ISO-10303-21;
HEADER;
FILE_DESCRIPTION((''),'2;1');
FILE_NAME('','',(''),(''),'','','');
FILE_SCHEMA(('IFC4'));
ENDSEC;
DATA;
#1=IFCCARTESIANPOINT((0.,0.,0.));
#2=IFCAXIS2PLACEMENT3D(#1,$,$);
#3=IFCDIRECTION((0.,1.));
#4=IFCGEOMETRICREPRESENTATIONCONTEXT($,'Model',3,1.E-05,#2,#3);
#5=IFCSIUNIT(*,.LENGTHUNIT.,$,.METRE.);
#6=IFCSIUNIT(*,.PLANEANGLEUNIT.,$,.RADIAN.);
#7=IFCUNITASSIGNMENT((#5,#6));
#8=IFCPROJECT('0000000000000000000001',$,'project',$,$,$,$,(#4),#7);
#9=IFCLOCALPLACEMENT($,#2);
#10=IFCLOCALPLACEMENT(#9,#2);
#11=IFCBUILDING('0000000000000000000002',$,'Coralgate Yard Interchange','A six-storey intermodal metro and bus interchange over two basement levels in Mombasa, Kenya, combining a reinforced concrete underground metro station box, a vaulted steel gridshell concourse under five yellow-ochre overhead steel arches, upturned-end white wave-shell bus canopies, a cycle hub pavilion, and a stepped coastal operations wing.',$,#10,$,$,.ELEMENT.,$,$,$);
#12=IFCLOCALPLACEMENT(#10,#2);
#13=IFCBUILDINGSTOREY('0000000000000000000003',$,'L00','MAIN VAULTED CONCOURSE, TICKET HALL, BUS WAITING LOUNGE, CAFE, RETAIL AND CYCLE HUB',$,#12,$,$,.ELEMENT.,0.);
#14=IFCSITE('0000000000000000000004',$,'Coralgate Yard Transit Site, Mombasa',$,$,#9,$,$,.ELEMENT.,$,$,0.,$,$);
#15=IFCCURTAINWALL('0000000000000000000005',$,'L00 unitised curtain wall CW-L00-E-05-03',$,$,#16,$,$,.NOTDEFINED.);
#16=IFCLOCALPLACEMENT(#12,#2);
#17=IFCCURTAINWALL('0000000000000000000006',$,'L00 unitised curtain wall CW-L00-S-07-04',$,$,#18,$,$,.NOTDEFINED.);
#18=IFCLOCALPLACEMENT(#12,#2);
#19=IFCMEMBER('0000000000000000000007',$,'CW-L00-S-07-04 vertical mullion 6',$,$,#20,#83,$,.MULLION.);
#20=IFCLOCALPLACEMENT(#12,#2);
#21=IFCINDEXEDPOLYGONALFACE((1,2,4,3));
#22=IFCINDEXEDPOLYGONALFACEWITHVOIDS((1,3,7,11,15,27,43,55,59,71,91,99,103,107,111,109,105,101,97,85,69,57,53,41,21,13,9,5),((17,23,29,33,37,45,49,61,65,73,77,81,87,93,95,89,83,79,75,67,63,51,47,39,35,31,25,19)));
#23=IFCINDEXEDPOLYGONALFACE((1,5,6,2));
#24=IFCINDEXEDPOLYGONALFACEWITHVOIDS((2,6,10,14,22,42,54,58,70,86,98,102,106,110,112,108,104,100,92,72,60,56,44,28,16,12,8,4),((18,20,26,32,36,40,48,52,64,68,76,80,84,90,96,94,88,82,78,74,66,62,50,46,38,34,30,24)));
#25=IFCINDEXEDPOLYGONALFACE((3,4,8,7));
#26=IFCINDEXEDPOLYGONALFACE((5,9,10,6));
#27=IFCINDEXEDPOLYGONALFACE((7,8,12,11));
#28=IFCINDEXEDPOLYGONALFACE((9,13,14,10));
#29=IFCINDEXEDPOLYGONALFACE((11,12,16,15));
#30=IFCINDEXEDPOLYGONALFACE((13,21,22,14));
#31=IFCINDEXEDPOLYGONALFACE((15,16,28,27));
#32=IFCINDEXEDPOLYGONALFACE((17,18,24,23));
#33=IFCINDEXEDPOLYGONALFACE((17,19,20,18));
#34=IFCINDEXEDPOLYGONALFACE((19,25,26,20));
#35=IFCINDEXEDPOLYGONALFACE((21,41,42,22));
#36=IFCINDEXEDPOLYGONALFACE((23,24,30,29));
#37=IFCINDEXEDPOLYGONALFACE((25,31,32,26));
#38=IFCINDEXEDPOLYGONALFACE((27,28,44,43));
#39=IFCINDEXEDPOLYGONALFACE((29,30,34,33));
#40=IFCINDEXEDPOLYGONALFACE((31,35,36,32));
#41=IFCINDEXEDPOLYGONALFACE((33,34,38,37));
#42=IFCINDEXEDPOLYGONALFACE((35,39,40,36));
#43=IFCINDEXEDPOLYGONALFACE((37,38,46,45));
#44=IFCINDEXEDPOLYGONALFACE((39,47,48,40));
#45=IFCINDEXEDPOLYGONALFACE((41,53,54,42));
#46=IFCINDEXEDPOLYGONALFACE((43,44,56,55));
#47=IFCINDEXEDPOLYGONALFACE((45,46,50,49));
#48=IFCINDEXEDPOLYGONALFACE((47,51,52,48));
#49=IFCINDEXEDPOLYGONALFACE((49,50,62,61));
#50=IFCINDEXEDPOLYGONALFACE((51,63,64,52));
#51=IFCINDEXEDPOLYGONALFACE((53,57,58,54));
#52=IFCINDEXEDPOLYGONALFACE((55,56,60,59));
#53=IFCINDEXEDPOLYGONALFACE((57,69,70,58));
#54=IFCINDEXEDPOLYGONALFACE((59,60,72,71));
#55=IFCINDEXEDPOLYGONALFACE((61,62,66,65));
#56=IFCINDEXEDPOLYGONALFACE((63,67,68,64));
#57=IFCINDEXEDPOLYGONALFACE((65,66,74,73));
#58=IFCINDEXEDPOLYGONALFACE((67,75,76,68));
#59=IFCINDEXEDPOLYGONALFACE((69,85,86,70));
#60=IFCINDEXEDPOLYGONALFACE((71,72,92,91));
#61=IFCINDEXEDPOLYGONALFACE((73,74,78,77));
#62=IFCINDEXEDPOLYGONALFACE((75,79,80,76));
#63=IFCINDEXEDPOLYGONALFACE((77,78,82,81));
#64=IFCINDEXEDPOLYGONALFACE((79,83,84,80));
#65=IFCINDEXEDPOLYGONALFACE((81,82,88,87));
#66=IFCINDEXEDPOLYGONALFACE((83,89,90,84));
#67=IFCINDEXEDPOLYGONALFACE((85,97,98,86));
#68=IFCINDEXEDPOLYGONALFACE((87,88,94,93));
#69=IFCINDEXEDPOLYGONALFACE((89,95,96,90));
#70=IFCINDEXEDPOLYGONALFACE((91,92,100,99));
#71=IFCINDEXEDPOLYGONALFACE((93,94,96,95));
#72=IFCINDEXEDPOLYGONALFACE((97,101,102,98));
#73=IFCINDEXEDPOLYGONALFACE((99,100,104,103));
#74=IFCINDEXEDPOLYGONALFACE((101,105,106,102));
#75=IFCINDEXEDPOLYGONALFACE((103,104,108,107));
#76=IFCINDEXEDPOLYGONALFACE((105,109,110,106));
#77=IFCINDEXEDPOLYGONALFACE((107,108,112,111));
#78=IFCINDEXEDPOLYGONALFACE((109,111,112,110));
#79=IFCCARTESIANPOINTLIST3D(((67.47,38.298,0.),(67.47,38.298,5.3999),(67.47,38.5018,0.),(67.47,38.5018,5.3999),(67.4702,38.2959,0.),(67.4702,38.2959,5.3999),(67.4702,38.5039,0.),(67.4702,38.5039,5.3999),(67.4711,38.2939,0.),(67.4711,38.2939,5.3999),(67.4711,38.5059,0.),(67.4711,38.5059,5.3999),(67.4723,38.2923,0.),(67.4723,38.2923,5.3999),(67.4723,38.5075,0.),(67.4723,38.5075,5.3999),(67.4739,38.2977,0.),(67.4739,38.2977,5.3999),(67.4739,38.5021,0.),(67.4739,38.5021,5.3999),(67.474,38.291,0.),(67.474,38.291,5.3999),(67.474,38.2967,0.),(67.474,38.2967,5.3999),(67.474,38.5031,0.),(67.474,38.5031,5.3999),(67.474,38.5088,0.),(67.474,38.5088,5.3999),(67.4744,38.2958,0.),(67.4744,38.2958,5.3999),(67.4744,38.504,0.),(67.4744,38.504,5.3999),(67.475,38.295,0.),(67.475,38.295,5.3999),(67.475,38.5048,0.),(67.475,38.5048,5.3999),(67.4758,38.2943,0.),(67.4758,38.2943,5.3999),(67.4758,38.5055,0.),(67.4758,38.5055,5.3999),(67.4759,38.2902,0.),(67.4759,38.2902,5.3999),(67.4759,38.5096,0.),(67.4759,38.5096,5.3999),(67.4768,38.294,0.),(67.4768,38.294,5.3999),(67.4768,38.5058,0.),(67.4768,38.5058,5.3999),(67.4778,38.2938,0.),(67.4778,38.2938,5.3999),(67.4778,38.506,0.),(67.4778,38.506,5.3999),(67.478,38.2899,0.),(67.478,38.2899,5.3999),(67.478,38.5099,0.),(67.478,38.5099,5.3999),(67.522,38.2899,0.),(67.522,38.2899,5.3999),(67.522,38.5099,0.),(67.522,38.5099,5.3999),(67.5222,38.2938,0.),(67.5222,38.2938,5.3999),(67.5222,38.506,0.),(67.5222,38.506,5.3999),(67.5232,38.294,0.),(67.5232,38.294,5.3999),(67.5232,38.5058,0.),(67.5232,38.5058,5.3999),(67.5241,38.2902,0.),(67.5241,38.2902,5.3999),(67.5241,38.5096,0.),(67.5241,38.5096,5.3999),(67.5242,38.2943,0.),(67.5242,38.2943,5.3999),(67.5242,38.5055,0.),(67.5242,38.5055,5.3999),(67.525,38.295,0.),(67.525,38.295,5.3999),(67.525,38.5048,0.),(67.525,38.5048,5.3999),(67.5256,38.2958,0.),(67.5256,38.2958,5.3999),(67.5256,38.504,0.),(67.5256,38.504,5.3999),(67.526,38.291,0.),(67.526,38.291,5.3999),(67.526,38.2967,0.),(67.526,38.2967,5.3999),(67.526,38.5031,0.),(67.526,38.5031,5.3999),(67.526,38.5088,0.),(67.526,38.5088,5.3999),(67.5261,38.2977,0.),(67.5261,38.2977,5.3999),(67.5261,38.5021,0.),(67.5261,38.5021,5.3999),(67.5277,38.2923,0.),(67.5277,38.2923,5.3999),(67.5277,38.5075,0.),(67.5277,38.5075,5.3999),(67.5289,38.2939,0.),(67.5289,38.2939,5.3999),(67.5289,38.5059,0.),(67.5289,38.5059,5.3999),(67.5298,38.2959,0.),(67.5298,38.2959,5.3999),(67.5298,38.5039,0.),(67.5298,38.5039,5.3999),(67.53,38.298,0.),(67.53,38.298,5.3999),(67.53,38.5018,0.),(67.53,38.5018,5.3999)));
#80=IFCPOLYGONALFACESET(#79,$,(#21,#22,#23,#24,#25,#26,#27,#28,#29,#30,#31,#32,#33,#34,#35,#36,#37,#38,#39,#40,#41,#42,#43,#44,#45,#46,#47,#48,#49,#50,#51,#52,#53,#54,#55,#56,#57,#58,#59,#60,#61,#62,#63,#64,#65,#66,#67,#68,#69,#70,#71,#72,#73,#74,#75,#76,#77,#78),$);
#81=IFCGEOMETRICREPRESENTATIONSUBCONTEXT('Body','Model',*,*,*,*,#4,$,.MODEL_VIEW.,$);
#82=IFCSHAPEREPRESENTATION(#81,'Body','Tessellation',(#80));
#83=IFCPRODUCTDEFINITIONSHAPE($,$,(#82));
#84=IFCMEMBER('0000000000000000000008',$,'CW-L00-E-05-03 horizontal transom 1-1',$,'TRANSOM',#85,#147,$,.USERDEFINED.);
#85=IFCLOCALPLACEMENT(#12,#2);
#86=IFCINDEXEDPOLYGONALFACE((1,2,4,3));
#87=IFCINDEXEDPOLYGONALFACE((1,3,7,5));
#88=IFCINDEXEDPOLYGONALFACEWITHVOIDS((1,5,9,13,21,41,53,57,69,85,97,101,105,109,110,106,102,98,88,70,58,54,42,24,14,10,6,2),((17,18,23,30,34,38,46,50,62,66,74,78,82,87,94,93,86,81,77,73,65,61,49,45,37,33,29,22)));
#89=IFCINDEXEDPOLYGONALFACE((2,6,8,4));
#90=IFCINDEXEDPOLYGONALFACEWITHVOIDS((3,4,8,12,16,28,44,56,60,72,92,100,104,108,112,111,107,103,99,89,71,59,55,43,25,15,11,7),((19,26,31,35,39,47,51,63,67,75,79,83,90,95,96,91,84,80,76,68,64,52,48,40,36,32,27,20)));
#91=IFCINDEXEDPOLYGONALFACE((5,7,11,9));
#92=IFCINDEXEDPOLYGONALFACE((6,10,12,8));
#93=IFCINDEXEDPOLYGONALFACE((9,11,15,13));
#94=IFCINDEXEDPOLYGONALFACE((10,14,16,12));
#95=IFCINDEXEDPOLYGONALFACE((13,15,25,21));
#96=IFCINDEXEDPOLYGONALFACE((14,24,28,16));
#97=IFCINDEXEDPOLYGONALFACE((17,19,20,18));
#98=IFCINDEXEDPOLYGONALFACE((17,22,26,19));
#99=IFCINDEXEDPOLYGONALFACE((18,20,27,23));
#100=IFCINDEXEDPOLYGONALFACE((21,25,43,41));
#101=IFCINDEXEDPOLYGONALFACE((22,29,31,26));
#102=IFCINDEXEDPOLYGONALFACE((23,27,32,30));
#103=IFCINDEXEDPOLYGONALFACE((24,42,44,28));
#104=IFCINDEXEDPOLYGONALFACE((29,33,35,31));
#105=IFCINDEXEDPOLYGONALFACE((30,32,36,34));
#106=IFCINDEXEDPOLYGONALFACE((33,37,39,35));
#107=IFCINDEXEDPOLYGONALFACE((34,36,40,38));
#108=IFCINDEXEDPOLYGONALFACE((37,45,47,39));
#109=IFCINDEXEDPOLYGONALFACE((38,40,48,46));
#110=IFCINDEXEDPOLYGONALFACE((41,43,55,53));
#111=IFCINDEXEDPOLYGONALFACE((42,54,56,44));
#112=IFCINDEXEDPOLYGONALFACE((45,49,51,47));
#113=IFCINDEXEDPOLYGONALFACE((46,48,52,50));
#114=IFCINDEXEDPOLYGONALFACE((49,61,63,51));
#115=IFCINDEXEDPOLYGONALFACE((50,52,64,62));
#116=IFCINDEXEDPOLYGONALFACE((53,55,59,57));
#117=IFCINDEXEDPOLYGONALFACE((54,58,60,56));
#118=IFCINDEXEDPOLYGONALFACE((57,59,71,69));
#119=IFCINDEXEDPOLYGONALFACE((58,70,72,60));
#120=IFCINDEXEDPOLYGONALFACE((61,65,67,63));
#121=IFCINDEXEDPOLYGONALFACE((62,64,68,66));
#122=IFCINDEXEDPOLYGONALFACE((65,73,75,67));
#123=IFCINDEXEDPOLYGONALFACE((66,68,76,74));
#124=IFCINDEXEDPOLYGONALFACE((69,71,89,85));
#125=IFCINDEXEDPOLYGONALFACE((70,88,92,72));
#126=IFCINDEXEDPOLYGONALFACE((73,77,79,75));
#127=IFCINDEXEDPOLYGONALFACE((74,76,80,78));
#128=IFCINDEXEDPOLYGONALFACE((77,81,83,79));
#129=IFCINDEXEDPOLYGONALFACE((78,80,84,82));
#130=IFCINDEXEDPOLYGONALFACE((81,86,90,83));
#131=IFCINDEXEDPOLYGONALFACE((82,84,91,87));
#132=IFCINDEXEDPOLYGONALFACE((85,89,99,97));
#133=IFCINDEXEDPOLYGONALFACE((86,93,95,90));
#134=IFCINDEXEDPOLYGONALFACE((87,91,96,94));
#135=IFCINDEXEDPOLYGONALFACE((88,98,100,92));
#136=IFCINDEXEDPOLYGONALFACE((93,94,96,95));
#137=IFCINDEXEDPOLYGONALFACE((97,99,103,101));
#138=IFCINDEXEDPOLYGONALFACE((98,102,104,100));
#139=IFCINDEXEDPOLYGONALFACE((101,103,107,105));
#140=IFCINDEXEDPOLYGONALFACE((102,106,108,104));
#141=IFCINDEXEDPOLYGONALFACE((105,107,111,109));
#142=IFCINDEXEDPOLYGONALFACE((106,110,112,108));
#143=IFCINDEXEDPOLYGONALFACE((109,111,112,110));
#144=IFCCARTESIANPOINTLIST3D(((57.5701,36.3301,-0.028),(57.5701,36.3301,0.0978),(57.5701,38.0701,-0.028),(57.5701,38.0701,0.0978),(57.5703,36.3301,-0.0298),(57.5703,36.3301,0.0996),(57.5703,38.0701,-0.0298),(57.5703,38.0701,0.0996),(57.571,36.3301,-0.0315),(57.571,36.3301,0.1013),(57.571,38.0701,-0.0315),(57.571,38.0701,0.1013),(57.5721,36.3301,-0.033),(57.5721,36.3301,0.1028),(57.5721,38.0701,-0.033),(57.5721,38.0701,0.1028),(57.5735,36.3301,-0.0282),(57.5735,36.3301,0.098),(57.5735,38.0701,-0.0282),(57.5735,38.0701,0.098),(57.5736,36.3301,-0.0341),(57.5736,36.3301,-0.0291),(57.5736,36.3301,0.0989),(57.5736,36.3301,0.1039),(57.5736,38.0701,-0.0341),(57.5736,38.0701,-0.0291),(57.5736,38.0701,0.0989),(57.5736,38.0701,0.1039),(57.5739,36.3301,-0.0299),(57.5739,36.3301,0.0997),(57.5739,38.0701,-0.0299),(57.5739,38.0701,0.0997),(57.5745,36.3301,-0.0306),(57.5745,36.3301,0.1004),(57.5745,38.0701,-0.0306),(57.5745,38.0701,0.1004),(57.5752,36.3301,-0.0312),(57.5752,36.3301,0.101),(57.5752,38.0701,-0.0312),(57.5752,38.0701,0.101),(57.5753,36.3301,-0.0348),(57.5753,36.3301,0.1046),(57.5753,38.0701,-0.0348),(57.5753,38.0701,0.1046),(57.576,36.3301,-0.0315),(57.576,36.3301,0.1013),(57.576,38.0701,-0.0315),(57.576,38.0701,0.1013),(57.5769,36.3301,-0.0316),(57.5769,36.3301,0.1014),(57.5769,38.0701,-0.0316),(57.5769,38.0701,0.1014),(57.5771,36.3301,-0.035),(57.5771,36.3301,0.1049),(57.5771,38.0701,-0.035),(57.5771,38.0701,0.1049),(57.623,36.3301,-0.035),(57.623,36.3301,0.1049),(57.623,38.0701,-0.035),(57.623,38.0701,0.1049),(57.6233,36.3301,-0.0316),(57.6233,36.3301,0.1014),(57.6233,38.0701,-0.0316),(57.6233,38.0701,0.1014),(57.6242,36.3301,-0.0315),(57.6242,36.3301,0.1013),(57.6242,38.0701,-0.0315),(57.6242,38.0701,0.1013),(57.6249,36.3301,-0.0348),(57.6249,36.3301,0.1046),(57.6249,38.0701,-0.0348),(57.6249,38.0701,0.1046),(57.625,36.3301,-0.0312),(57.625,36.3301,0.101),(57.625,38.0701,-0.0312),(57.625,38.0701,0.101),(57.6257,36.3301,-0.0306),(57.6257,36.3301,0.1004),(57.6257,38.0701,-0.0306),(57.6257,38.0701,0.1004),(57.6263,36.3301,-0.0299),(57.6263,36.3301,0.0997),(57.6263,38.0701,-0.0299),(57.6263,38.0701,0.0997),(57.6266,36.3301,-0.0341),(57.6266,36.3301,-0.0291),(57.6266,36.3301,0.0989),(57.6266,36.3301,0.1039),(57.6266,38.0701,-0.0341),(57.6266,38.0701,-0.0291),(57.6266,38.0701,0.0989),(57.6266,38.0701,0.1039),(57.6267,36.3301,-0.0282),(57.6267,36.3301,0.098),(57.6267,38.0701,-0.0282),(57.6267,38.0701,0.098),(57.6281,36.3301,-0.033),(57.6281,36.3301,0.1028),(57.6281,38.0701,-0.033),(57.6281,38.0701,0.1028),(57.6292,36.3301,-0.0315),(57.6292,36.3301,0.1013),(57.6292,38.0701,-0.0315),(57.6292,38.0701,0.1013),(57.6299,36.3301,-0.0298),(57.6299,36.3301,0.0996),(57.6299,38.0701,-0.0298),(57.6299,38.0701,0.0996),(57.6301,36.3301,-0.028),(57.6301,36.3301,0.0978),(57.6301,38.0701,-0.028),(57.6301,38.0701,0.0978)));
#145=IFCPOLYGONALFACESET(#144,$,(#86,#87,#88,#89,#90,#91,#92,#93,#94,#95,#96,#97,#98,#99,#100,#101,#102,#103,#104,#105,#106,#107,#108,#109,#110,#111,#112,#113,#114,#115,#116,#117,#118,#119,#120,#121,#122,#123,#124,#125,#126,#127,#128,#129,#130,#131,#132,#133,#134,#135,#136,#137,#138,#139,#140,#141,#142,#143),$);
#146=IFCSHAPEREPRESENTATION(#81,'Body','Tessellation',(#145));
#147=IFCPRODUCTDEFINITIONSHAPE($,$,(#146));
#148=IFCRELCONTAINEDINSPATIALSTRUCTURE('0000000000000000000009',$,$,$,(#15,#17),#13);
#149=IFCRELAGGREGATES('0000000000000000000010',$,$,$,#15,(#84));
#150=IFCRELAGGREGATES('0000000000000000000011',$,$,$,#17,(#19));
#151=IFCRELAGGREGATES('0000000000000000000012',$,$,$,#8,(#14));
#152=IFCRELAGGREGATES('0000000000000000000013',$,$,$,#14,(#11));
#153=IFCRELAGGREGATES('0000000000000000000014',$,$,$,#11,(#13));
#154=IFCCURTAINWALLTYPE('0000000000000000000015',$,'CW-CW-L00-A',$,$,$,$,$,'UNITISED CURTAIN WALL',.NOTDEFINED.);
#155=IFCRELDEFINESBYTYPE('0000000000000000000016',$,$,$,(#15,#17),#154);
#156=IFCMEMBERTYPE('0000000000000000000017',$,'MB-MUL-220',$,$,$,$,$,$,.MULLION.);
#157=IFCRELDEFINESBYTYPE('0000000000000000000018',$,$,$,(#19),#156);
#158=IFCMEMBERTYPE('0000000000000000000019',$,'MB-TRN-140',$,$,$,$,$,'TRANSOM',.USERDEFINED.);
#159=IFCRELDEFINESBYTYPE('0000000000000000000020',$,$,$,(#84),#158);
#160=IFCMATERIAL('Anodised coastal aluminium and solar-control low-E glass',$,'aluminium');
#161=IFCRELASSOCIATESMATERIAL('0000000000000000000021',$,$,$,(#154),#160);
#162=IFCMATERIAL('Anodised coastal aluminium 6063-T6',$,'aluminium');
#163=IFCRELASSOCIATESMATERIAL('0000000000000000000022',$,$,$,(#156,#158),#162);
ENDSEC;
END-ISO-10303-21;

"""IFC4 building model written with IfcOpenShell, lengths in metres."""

from ifc_helpers import new_model, si_unit, direction, frame, origin, origin_2d, place, context, subcontext, project, spatial, hollow_rectangle, extrude, material, material_profile, profile_set, type_object, element, aggregate, save


model = new_model("IFC4")

# Units and contexts
model_context = context("Model", 3, precision=1e-05, world=origin(), true_north=direction((0.0, 1.0)))
body_context = subcontext(model_context, "Body", "Model", "MODEL_VIEW")
ifc_project = project(units=[si_unit("LENGTHUNIT", "METRE"), si_unit("PLANEANGLEUNIT", "RADIAN")], contexts=[model_context])

# Site, building, storey
site_placement = place(None, origin())
site = spatial("IfcSite", under=ifc_project, at=site_placement, Name="Coralgate Yard Transit Site, Mombasa", CompositionType="ELEMENT", RefElevation=0.0)
building_placement = place(site_placement, origin())
building = spatial("IfcBuilding", under=site, at=building_placement, Name="Coralgate Yard Interchange", Description="A six-storey intermodal metro and bus interchange over two basement levels in Mombasa, Kenya, combining a reinforced concrete underground metro station box, a vaulted steel gridshell concourse under five yellow-ochre overhead steel arches, upturned-end white wave-shell bus canopies, a cycle hub pavilion, and a stepped coastal operations wing.", CompositionType="ELEMENT")
storey_placement = place(building_placement, origin())
storey = spatial("IfcBuildingStorey", under=building, at=storey_placement, Name="L00", Description="MAIN VAULTED CONCOURSE, TICKET HALL, BUS WAITING LOUNGE, CAFE, RETAIL AND CYCLE HUB", CompositionType="ELEMENT", Elevation=0.0)

# Curtain wall
ifc_material_1 = material(Name="Anodised coastal aluminium and solar-control low-E glass", Category="aluminium")
curtain_wall_type = type_object("IfcCurtainWallType", Name="CW-CW-L00-A", ElementType="UNITISED CURTAIN WALL", PredefinedType="NOTDEFINED", material=ifc_material_1)
curtain_wall_1_placement = place(storey_placement, origin())
curtain_wall_1 = element("IfcCurtainWall", 1, at=curtain_wall_1_placement, inside=storey, type_object=curtain_wall_type, Name="L00 unitised curtain wall CW-L00-E-05-03", PredefinedType="NOTDEFINED")
ifc_material_2 = material(Name="Anodised coastal aluminium 6063-T6", Category="aluminium")
ifc_material_profile_1 = material_profile(ifc_material_2, hollow_rectangle(XDim=0.0601, YDim=0.22, WallThickness=0.0039, InnerFilletRadius=0.0039, OuterFilletRadius=0.0081, at=origin_2d()), Name="ALU 60x220x4")
ifc_profile_set_1 = profile_set([ifc_material_profile_1], Name="Anodised coastal aluminium 6063-T6")
member_type_1 = type_object("IfcMemberType", Name="MB-MUL-220", PredefinedType="MULLION", material=ifc_profile_set_1)

# Curtain wall, member
curtain_wall_2_placement = place(storey_placement, origin())
curtain_wall_2 = element("IfcCurtainWall", 2, at=curtain_wall_2_placement, inside=storey, type_object=curtain_wall_type, Name="L00 unitised curtain wall CW-L00-S-07-04", PredefinedType="NOTDEFINED")
member_1_placement = place(storey_placement, frame((67.5, 38.3999, 0.0), z_axis=(0.0, 0.0, 1.0), x_axis=(1.0, 0.0, 0.0)))
member_1 = element("IfcMember", 3, at=member_1_placement, type_object=member_type_1, Name="CW-L00-S-07-04 vertical mullion 6", PredefinedType="MULLION", context=body_context, shape_type="SweptSolid", body=[
    extrude(hollow_rectangle(XDim=0.0601, YDim=0.22, WallThickness=0.0039, InnerFilletRadius=0.0039, OuterFilletRadius=0.0081, at=origin_2d()), origin(), (0.0, 0.0, 1.0), 5.3999),
])

# Member
ifc_material_profile_2 = material_profile(ifc_material_2, hollow_rectangle(XDim=0.0601, YDim=0.1399, WallThickness=0.0034, InnerFilletRadius=0.0034, OuterFilletRadius=0.0071, at=origin_2d()), Name="ALU 60x140x3.5")
ifc_profile_set_2 = profile_set([ifc_material_profile_2], Name="Anodised coastal aluminium 6063-T6")
member_type_2 = type_object("IfcMemberType", Name="MB-TRN-140", ElementType="TRANSOM", PredefinedType="USERDEFINED", material=ifc_profile_set_2)
member_2_placement = place(storey_placement, frame((57.6001, 38.0701, 0.0349), z_axis=(0.0, -1.0, 0.0), x_axis=(1.0, 0.0, 0.0)))
member_2 = element("IfcMember", 4, at=member_2_placement, type_object=member_type_2, Name="CW-L00-E-05-03 horizontal transom 1-1", ObjectType="TRANSOM", PredefinedType="USERDEFINED", context=body_context, shape_type="SweptSolid", body=[
    extrude(hollow_rectangle(XDim=0.0601, YDim=0.1399, WallThickness=0.0034, InnerFilletRadius=0.0034, OuterFilletRadius=0.0071, at=origin_2d()), origin(), (0.0, 0.0, 1.0), 1.74),
])

aggregate(curtain_wall_1, [member_2])
aggregate(curtain_wall_2, [member_1])

save(model, "model.ifc")
